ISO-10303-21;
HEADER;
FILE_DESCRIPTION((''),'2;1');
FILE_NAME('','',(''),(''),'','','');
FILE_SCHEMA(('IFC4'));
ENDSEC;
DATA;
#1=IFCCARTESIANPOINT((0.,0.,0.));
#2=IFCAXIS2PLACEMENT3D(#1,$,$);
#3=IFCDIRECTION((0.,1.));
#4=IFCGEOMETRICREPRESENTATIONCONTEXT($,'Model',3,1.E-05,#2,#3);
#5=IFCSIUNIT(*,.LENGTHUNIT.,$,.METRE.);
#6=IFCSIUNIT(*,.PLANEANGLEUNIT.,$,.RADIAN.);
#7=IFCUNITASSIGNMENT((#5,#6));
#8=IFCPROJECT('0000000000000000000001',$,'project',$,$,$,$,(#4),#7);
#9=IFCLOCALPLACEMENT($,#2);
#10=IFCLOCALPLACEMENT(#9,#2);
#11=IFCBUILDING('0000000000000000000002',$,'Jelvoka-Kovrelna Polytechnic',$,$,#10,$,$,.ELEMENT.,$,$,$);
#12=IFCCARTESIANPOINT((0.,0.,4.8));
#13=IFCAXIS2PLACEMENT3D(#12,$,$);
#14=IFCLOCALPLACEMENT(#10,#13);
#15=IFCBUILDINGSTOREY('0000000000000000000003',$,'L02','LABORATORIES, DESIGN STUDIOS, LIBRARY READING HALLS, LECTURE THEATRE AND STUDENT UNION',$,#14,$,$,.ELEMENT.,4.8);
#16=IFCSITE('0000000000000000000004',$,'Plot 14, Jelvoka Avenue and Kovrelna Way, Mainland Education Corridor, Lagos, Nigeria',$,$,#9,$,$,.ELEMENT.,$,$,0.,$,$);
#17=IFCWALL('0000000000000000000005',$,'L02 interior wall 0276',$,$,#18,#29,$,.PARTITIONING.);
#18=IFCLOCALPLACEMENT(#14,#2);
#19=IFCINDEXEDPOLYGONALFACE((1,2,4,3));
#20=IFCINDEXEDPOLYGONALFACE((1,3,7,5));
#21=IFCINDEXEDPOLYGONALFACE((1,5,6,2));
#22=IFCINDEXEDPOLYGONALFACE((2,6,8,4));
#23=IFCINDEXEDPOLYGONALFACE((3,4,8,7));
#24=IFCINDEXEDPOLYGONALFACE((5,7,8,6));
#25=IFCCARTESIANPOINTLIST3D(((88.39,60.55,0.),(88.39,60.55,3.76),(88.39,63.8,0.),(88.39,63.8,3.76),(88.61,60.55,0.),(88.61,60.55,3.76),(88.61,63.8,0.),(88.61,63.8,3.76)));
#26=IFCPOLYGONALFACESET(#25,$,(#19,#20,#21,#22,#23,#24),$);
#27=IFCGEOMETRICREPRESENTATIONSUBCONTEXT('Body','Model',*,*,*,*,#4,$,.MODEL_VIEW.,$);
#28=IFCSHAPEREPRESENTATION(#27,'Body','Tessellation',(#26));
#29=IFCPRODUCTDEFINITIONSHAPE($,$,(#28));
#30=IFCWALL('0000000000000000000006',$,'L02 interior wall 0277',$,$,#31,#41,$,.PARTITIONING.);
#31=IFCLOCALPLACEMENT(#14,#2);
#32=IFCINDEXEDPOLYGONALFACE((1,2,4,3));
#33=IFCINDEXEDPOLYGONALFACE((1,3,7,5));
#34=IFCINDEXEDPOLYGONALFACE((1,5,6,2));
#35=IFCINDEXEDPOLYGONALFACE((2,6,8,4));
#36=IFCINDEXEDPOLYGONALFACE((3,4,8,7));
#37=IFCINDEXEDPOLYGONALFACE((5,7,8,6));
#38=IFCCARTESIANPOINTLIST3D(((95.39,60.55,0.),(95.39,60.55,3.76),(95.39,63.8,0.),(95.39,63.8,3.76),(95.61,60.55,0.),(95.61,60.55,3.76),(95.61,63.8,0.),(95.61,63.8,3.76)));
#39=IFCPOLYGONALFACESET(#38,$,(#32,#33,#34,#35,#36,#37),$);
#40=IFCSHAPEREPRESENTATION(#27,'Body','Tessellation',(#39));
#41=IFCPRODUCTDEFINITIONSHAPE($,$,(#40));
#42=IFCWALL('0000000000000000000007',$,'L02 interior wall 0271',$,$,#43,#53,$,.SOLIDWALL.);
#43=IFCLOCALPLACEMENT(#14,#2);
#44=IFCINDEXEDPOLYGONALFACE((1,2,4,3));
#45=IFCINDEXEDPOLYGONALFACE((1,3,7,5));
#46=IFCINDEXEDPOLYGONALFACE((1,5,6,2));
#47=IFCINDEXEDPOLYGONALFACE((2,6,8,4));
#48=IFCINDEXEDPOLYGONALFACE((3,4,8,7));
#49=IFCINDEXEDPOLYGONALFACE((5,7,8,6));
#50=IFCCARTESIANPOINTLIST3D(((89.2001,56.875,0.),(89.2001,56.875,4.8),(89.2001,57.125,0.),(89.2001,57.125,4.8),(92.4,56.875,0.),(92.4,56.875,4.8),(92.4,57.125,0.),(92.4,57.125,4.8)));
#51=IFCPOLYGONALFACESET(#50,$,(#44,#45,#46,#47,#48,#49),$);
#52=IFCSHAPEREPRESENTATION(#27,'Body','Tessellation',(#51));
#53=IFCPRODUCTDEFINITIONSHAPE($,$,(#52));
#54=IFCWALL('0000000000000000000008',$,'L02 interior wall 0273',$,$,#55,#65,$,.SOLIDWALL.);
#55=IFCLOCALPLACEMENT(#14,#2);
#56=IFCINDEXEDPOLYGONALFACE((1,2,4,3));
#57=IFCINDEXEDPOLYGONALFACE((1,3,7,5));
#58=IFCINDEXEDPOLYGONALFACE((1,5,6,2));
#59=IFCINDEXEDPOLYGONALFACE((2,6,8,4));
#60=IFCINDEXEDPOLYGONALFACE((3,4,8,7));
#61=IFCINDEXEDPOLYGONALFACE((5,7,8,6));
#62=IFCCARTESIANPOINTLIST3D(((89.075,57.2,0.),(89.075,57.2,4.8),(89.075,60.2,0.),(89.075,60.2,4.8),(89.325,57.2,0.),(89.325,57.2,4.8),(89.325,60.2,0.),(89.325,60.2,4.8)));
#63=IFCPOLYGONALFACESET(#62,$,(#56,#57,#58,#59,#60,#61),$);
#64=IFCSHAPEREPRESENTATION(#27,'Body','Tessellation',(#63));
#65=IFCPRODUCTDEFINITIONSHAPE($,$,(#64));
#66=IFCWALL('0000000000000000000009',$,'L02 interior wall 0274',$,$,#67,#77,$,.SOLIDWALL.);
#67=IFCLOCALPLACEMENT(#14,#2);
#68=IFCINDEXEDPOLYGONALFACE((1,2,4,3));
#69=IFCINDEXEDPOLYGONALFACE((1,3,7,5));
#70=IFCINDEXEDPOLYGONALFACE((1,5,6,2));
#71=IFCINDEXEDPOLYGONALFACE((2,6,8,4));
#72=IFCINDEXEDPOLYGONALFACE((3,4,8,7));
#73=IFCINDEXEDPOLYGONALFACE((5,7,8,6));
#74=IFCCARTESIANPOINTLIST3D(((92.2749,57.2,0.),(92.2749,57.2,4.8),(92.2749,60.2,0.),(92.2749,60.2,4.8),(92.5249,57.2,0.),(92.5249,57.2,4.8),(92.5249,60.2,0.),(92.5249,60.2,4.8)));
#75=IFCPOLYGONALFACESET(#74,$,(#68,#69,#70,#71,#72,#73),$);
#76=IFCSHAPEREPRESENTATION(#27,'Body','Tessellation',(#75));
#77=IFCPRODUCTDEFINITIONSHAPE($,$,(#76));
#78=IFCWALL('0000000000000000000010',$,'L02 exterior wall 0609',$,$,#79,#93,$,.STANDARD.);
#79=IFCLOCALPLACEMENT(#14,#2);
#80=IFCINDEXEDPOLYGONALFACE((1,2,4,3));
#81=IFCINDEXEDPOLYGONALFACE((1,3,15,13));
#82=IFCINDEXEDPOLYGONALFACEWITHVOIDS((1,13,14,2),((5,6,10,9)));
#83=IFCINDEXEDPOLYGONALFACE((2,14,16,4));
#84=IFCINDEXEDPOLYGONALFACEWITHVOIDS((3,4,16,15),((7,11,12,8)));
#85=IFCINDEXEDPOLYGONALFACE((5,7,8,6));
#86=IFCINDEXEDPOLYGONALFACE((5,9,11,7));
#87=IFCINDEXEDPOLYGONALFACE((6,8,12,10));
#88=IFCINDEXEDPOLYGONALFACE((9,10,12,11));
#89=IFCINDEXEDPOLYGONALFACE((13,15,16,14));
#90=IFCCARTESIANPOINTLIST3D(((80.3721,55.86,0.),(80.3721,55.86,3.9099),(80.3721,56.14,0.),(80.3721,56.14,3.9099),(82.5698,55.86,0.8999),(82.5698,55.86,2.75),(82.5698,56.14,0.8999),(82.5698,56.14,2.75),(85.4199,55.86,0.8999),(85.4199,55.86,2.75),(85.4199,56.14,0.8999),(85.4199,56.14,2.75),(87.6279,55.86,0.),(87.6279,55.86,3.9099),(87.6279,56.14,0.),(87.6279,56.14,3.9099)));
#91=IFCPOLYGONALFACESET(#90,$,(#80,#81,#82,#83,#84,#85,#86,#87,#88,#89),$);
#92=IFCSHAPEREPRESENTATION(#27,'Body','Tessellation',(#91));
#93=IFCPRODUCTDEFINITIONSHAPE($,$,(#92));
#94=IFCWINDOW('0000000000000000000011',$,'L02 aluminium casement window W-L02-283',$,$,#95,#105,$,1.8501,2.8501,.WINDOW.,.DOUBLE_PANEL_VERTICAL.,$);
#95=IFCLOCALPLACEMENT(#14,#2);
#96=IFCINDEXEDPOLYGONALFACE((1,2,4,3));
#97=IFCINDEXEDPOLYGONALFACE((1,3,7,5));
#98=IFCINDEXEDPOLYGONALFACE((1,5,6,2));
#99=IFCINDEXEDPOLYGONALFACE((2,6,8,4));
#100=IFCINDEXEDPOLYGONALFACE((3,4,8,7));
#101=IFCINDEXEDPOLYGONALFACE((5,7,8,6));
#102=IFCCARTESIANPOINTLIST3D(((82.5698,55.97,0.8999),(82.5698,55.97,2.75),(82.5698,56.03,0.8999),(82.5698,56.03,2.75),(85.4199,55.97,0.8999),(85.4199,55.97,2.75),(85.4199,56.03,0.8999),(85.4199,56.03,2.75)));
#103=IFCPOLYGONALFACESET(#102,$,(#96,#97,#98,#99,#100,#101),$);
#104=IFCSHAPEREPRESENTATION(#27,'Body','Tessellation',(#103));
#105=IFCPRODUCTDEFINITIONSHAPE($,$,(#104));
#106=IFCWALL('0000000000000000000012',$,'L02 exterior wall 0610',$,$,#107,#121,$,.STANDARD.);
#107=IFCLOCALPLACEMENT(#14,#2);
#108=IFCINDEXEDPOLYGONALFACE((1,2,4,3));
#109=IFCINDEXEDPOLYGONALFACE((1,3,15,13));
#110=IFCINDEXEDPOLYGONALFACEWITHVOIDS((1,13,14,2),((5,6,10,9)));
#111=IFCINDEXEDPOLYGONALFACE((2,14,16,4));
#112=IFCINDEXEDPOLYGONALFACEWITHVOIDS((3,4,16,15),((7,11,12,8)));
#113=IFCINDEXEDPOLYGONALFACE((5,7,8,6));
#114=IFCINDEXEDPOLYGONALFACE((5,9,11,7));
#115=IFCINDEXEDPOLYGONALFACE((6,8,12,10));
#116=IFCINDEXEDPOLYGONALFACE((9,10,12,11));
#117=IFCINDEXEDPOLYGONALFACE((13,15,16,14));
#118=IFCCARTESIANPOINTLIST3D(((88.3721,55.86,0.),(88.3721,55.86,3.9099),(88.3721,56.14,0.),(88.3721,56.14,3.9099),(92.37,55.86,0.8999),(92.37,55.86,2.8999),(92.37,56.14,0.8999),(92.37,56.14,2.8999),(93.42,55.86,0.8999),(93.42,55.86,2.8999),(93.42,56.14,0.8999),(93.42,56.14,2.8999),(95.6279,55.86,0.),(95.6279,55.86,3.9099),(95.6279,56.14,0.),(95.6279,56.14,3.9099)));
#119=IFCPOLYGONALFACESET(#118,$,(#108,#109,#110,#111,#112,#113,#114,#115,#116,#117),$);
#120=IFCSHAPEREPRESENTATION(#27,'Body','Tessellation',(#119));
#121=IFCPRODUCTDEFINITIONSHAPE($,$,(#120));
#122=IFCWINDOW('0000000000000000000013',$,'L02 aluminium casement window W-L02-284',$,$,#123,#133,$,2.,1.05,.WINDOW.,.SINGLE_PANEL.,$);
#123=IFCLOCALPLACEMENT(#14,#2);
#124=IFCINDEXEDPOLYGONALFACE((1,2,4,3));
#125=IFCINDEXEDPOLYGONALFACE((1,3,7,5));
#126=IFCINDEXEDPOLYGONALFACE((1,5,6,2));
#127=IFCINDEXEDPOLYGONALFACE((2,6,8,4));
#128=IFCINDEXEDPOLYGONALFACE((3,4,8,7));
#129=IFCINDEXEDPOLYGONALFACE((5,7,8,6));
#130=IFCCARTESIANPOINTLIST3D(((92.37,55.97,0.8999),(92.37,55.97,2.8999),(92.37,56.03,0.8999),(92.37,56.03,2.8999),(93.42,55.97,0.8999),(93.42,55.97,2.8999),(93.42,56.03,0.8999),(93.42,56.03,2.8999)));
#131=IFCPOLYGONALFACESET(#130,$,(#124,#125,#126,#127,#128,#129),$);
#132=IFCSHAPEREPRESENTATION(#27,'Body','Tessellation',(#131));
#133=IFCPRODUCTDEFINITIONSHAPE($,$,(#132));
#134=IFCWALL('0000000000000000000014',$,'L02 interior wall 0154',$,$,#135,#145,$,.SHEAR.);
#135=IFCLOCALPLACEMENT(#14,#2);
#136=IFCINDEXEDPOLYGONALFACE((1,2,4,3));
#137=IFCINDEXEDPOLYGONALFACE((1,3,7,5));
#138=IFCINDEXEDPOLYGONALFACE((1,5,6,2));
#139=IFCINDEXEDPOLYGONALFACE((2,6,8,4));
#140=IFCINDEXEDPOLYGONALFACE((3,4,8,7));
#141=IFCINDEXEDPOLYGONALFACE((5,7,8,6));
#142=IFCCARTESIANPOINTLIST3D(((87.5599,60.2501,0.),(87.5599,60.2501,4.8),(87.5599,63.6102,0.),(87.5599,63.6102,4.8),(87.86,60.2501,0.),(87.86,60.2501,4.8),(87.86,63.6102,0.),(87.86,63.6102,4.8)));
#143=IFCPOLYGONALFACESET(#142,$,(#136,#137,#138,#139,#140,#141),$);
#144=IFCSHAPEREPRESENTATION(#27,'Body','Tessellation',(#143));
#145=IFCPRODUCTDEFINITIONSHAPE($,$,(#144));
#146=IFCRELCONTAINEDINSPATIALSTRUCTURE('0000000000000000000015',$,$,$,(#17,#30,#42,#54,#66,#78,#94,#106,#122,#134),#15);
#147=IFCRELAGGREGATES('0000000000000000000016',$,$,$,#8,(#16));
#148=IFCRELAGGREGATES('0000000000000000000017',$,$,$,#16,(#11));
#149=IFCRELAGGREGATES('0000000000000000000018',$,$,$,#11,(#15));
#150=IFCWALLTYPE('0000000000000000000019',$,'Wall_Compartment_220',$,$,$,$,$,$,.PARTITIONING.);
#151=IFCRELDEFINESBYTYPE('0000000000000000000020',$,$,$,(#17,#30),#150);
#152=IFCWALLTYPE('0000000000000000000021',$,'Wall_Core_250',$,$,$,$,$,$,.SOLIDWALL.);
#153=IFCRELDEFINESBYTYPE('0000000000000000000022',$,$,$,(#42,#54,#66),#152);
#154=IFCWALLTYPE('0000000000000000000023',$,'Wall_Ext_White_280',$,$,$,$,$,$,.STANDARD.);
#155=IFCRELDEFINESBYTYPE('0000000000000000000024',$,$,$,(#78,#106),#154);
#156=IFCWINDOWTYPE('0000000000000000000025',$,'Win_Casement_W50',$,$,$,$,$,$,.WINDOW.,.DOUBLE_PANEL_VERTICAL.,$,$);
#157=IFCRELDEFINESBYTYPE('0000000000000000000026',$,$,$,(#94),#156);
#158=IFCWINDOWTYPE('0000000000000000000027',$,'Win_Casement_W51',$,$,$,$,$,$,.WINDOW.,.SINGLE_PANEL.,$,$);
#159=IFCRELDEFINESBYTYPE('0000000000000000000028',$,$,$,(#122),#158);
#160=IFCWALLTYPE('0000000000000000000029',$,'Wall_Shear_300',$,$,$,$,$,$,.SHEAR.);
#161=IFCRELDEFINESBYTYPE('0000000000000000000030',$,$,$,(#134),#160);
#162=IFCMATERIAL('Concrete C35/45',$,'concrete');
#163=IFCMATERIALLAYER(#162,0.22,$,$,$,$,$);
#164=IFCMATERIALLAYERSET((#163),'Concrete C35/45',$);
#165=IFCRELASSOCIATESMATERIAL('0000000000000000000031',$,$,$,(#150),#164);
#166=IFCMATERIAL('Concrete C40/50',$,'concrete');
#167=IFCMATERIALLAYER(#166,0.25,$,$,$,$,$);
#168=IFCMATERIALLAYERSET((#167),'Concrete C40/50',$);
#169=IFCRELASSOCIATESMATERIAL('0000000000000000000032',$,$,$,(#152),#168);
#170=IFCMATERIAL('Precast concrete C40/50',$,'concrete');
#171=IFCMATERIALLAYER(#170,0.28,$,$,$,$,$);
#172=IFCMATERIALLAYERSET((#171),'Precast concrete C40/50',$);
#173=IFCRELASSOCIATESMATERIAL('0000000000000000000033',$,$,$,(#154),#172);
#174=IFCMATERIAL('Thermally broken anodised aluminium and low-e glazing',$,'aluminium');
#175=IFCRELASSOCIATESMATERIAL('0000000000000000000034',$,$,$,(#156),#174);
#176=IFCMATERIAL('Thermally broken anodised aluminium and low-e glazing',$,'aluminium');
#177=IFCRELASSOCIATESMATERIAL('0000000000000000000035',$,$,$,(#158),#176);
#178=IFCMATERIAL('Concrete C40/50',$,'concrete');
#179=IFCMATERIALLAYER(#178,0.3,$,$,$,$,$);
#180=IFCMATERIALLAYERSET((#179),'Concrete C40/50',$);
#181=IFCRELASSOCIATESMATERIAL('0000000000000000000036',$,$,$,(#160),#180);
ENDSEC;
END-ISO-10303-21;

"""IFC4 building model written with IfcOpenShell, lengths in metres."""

from ifc_helpers import new_model, si_unit, direction, frame, frame_2d, origin, place, context, subcontext, project, spatial, rectangle, extrude, material, layer, layer_set, type_object, element, fill, save


model = new_model("IFC4")

# Units and contexts
model_context = context("Model", 3, precision=1e-05, world=origin(), true_north=direction((0.0, 1.0)))
body_context = subcontext(model_context, "Body", "Model", "MODEL_VIEW")
ifc_project = project(units=[si_unit("LENGTHUNIT", "METRE"), si_unit("PLANEANGLEUNIT", "RADIAN")], contexts=[model_context])

# Site, building, storey
site_placement = place(None, origin())
site = spatial("IfcSite", under=ifc_project, at=site_placement, Name="Plot 14, Jelvoka Avenue and Kovrelna Way, Mainland Education Corridor, Lagos, Nigeria", CompositionType="ELEMENT", RefElevation=0.0)
building_placement = place(site_placement, origin())
building = spatial("IfcBuilding", under=site, at=building_placement, Name="Jelvoka-Kovrelna Polytechnic", CompositionType="ELEMENT")
storey_placement = place(building_placement, frame((0.0, 0.0, 4.8)))
storey = spatial("IfcBuildingStorey", under=building, at=storey_placement, Name="L02", Description="LABORATORIES, DESIGN STUDIOS, LIBRARY READING HALLS, LECTURE THEATRE AND STUDENT UNION", CompositionType="ELEMENT", Elevation=4.8)

# Walls
ifc_material_1 = material(Name="Concrete C35/45", Category="concrete")
ifc_layer_1 = layer(ifc_material_1, 0.22)
ifc_layer_set_1 = layer_set([ifc_layer_1], Name="Concrete C35/45")
wall_type_1 = type_object("IfcWallType", Name="Wall_Compartment_220", PredefinedType="PARTITIONING", material=ifc_layer_set_1)
for number, where, z_axis, x_axis, name in (
    (1, (88.5, 60.55, 0.0), (0.0, 0.0, 1.0), (0.0, 1.0, 0.0), "L02 interior wall 0276"),
    (2, (95.5, 60.55, 0.0), (0.0, 0.0, 1.0), (0.0, 1.0, 0.0), "L02 interior wall 0277"),
):
    element("IfcWall", number, at=place(storey_placement, frame(where, z_axis=z_axis, x_axis=x_axis)), inside=storey, type_object=wall_type_1, Name=name, PredefinedType="PARTITIONING", context=body_context, shape_type="SweptSolid", body=[
        extrude(rectangle(XDim=3.25, YDim=0.22, at=frame_2d((1.625, 0.0))), origin(), (0.0, 0.0, 1.0), 3.76),
    ])
ifc_material_2 = material(Name="Concrete C40/50", Category="concrete")
ifc_layer_2 = layer(ifc_material_2, 0.25)
ifc_layer_set_2 = layer_set([ifc_layer_2], Name="Concrete C40/50")
wall_type_2 = type_object("IfcWallType", Name="Wall_Core_250", PredefinedType="SOLIDWALL", material=ifc_layer_set_2)
wall_1_placement = place(storey_placement, frame((89.2, 57.0, 0.0), z_axis=(0.0, 0.0, 1.0), x_axis=(1.0, 0.0, 0.0)))
element("IfcWall", 3, at=wall_1_placement, inside=storey, type_object=wall_type_2, Name="L02 interior wall 0271", PredefinedType="SOLIDWALL", context=body_context, shape_type="SweptSolid", body=[
    extrude(rectangle(XDim=3.2, YDim=0.25, at=frame_2d((1.6001, 0.0))), origin(), (0.0, 0.0, 1.0), 4.8),
])

# Walls
for number, where, z_axis, x_axis, name in (
    (4, (89.2, 57.2, 0.0), (0.0, 0.0, 1.0), (0.0, 1.0, 0.0), "L02 interior wall 0273"),
    (5, (92.3999, 57.2, 0.0), (0.0, 0.0, 1.0), (0.0, 1.0, 0.0), "L02 interior wall 0274"),
):
    element("IfcWall", number, at=place(storey_placement, frame(where, z_axis=z_axis, x_axis=x_axis)), inside=storey, type_object=wall_type_2, Name=name, PredefinedType="SOLIDWALL", context=body_context, shape_type="SweptSolid", body=[
        extrude(rectangle(XDim=3.0, YDim=0.25, at=frame_2d((1.5, 0.0))), origin(), (0.0, 0.0, 1.0), 4.8),
    ])

# Walls, openings, windows
ifc_material_3 = material(Name="Precast concrete C40/50", Category="concrete")
ifc_layer_3 = layer(ifc_material_3, 0.28)
ifc_layer_set_3 = layer_set([ifc_layer_3], Name="Precast concrete C40/50")
wall_type_3 = type_object("IfcWallType", Name="Wall_Ext_White_280", PredefinedType="STANDARD", material=ifc_layer_set_3)
wall_2_placement = place(storey_placement, frame((87.6279, 56.0, 0.0), z_axis=(0.0, 0.0, 1.0), x_axis=(-1.0, 0.0, 0.0)))
wall_2 = element("IfcWall", 6, at=wall_2_placement, inside=storey, type_object=wall_type_3, Name="L02 exterior wall 0609", PredefinedType="STANDARD", context=body_context, shape_type="SweptSolid", body=[
    extrude(rectangle(XDim=7.2559, YDim=0.28, at=frame_2d((3.6279, 0.0))), origin(), (0.0, 0.0, 1.0), 3.9099),
])
opening_1_placement = place(wall_2_placement, frame((2.208, 0.0, 0.8999)))
opening_1 = element("IfcOpeningElement", 7, at=opening_1_placement, cuts=wall_2, PredefinedType="OPENING", context=body_context, shape_type="SweptSolid", body=[
    extrude(rectangle(XDim=2.8501, YDim=1.8501, at=frame_2d((1.425, 0.925))), frame((0.0, 0.1501, 0.0), z_axis=(0.0, -1.0, 0.0), x_axis=(1.0, 0.0, 0.0)), (0.0, 0.0, 1.0), 0.3),
])
ifc_material_4 = material(Name="Thermally broken anodised aluminium and low-e glazing", Category="aluminium")
window_type_1 = type_object("IfcWindowType", Name="Win_Casement_W50", PartitioningType="DOUBLE_PANEL_VERTICAL", PredefinedType="WINDOW", material=ifc_material_4)
window_1_placement = place(opening_1_placement, origin())
window_1 = element("IfcWindow", 8, at=window_1_placement, inside=storey, type_object=window_type_1, Name="L02 aluminium casement window W-L02-283", OverallHeight=1.8501, OverallWidth=2.8501, PartitioningType="DOUBLE_PANEL_VERTICAL", PredefinedType="WINDOW", context=body_context, shape_type="SweptSolid", body=[
    extrude(rectangle(XDim=2.8501, YDim=1.8501, at=frame_2d((1.425, 0.925))), frame((0.0, 0.03, 0.0), z_axis=(0.0, -1.0, 0.0), x_axis=(1.0, 0.0, 0.0)), (0.0, 0.0, 1.0), 0.0601),
])
fill(opening_1, window_1)
wall_3_placement = place(storey_placement, frame((95.6279, 56.0, 0.0), z_axis=(0.0, 0.0, 1.0), x_axis=(-1.0, 0.0, 0.0)))
wall_3 = element("IfcWall", 9, at=wall_3_placement, inside=storey, type_object=wall_type_3, Name="L02 exterior wall 0610", PredefinedType="STANDARD", context=body_context, shape_type="SweptSolid", body=[
    extrude(rectangle(XDim=7.2559, YDim=0.28, at=frame_2d((3.6279, 0.0))), origin(), (0.0, 0.0, 1.0), 3.9099),
])
opening_2_placement = place(wall_3_placement, frame((2.208, 0.0, 0.8999)))
opening_2 = element("IfcOpeningElement", 10, at=opening_2_placement, cuts=wall_3, PredefinedType="OPENING", context=body_context, shape_type="SweptSolid", body=[
    extrude(rectangle(XDim=1.05, YDim=2.0, at=frame_2d((0.5249, 1.0))), frame((0.0, 0.1501, 0.0), z_axis=(0.0, -1.0, 0.0), x_axis=(1.0, 0.0, 0.0)), (0.0, 0.0, 1.0), 0.3),
])
ifc_material_5 = material(Name="Thermally broken anodised aluminium and low-e glazing", Category="aluminium")
window_type_2 = type_object("IfcWindowType", Name="Win_Casement_W51", PartitioningType="SINGLE_PANEL", PredefinedType="WINDOW", material=ifc_material_5)
window_2_placement = place(opening_2_placement, origin())
window_2 = element("IfcWindow", 11, at=window_2_placement, inside=storey, type_object=window_type_2, Name="L02 aluminium casement window W-L02-284", OverallHeight=2.0, OverallWidth=1.05, PartitioningType="SINGLE_PANEL", PredefinedType="WINDOW", context=body_context, shape_type="SweptSolid", body=[
    extrude(rectangle(XDim=1.05, YDim=2.0, at=frame_2d((0.5249, 1.0))), frame((0.0, 0.03, 0.0), z_axis=(0.0, -1.0, 0.0), x_axis=(1.0, 0.0, 0.0)), (0.0, 0.0, 1.0), 0.0601),
])
fill(opening_2, window_2)

# Wall
ifc_material_6 = material(Name="Concrete C40/50", Category="concrete")
ifc_layer_4 = layer(ifc_material_6, 0.3)
ifc_layer_set_4 = layer_set([ifc_layer_4], Name="Concrete C40/50")
wall_type_4 = type_object("IfcWallType", Name="Wall_Shear_300", PredefinedType="SHEAR", material=ifc_layer_set_4)
wall_4_placement = place(storey_placement, frame((87.71, 60.25, 0.0), z_axis=(0.0, 0.0, 1.0), x_axis=(0.0, 1.0, 0.0)))
element("IfcWall", 12, at=wall_4_placement, inside=storey, type_object=wall_type_4, Name="L02 interior wall 0154", PredefinedType="SHEAR", context=body_context, shape_type="SweptSolid", body=[
    extrude(rectangle(XDim=3.3601, YDim=0.3, at=frame_2d((1.6802, 0.0))), origin(), (0.0, 0.0, 1.0), 4.8),
])

save(model, "model.ifc")
